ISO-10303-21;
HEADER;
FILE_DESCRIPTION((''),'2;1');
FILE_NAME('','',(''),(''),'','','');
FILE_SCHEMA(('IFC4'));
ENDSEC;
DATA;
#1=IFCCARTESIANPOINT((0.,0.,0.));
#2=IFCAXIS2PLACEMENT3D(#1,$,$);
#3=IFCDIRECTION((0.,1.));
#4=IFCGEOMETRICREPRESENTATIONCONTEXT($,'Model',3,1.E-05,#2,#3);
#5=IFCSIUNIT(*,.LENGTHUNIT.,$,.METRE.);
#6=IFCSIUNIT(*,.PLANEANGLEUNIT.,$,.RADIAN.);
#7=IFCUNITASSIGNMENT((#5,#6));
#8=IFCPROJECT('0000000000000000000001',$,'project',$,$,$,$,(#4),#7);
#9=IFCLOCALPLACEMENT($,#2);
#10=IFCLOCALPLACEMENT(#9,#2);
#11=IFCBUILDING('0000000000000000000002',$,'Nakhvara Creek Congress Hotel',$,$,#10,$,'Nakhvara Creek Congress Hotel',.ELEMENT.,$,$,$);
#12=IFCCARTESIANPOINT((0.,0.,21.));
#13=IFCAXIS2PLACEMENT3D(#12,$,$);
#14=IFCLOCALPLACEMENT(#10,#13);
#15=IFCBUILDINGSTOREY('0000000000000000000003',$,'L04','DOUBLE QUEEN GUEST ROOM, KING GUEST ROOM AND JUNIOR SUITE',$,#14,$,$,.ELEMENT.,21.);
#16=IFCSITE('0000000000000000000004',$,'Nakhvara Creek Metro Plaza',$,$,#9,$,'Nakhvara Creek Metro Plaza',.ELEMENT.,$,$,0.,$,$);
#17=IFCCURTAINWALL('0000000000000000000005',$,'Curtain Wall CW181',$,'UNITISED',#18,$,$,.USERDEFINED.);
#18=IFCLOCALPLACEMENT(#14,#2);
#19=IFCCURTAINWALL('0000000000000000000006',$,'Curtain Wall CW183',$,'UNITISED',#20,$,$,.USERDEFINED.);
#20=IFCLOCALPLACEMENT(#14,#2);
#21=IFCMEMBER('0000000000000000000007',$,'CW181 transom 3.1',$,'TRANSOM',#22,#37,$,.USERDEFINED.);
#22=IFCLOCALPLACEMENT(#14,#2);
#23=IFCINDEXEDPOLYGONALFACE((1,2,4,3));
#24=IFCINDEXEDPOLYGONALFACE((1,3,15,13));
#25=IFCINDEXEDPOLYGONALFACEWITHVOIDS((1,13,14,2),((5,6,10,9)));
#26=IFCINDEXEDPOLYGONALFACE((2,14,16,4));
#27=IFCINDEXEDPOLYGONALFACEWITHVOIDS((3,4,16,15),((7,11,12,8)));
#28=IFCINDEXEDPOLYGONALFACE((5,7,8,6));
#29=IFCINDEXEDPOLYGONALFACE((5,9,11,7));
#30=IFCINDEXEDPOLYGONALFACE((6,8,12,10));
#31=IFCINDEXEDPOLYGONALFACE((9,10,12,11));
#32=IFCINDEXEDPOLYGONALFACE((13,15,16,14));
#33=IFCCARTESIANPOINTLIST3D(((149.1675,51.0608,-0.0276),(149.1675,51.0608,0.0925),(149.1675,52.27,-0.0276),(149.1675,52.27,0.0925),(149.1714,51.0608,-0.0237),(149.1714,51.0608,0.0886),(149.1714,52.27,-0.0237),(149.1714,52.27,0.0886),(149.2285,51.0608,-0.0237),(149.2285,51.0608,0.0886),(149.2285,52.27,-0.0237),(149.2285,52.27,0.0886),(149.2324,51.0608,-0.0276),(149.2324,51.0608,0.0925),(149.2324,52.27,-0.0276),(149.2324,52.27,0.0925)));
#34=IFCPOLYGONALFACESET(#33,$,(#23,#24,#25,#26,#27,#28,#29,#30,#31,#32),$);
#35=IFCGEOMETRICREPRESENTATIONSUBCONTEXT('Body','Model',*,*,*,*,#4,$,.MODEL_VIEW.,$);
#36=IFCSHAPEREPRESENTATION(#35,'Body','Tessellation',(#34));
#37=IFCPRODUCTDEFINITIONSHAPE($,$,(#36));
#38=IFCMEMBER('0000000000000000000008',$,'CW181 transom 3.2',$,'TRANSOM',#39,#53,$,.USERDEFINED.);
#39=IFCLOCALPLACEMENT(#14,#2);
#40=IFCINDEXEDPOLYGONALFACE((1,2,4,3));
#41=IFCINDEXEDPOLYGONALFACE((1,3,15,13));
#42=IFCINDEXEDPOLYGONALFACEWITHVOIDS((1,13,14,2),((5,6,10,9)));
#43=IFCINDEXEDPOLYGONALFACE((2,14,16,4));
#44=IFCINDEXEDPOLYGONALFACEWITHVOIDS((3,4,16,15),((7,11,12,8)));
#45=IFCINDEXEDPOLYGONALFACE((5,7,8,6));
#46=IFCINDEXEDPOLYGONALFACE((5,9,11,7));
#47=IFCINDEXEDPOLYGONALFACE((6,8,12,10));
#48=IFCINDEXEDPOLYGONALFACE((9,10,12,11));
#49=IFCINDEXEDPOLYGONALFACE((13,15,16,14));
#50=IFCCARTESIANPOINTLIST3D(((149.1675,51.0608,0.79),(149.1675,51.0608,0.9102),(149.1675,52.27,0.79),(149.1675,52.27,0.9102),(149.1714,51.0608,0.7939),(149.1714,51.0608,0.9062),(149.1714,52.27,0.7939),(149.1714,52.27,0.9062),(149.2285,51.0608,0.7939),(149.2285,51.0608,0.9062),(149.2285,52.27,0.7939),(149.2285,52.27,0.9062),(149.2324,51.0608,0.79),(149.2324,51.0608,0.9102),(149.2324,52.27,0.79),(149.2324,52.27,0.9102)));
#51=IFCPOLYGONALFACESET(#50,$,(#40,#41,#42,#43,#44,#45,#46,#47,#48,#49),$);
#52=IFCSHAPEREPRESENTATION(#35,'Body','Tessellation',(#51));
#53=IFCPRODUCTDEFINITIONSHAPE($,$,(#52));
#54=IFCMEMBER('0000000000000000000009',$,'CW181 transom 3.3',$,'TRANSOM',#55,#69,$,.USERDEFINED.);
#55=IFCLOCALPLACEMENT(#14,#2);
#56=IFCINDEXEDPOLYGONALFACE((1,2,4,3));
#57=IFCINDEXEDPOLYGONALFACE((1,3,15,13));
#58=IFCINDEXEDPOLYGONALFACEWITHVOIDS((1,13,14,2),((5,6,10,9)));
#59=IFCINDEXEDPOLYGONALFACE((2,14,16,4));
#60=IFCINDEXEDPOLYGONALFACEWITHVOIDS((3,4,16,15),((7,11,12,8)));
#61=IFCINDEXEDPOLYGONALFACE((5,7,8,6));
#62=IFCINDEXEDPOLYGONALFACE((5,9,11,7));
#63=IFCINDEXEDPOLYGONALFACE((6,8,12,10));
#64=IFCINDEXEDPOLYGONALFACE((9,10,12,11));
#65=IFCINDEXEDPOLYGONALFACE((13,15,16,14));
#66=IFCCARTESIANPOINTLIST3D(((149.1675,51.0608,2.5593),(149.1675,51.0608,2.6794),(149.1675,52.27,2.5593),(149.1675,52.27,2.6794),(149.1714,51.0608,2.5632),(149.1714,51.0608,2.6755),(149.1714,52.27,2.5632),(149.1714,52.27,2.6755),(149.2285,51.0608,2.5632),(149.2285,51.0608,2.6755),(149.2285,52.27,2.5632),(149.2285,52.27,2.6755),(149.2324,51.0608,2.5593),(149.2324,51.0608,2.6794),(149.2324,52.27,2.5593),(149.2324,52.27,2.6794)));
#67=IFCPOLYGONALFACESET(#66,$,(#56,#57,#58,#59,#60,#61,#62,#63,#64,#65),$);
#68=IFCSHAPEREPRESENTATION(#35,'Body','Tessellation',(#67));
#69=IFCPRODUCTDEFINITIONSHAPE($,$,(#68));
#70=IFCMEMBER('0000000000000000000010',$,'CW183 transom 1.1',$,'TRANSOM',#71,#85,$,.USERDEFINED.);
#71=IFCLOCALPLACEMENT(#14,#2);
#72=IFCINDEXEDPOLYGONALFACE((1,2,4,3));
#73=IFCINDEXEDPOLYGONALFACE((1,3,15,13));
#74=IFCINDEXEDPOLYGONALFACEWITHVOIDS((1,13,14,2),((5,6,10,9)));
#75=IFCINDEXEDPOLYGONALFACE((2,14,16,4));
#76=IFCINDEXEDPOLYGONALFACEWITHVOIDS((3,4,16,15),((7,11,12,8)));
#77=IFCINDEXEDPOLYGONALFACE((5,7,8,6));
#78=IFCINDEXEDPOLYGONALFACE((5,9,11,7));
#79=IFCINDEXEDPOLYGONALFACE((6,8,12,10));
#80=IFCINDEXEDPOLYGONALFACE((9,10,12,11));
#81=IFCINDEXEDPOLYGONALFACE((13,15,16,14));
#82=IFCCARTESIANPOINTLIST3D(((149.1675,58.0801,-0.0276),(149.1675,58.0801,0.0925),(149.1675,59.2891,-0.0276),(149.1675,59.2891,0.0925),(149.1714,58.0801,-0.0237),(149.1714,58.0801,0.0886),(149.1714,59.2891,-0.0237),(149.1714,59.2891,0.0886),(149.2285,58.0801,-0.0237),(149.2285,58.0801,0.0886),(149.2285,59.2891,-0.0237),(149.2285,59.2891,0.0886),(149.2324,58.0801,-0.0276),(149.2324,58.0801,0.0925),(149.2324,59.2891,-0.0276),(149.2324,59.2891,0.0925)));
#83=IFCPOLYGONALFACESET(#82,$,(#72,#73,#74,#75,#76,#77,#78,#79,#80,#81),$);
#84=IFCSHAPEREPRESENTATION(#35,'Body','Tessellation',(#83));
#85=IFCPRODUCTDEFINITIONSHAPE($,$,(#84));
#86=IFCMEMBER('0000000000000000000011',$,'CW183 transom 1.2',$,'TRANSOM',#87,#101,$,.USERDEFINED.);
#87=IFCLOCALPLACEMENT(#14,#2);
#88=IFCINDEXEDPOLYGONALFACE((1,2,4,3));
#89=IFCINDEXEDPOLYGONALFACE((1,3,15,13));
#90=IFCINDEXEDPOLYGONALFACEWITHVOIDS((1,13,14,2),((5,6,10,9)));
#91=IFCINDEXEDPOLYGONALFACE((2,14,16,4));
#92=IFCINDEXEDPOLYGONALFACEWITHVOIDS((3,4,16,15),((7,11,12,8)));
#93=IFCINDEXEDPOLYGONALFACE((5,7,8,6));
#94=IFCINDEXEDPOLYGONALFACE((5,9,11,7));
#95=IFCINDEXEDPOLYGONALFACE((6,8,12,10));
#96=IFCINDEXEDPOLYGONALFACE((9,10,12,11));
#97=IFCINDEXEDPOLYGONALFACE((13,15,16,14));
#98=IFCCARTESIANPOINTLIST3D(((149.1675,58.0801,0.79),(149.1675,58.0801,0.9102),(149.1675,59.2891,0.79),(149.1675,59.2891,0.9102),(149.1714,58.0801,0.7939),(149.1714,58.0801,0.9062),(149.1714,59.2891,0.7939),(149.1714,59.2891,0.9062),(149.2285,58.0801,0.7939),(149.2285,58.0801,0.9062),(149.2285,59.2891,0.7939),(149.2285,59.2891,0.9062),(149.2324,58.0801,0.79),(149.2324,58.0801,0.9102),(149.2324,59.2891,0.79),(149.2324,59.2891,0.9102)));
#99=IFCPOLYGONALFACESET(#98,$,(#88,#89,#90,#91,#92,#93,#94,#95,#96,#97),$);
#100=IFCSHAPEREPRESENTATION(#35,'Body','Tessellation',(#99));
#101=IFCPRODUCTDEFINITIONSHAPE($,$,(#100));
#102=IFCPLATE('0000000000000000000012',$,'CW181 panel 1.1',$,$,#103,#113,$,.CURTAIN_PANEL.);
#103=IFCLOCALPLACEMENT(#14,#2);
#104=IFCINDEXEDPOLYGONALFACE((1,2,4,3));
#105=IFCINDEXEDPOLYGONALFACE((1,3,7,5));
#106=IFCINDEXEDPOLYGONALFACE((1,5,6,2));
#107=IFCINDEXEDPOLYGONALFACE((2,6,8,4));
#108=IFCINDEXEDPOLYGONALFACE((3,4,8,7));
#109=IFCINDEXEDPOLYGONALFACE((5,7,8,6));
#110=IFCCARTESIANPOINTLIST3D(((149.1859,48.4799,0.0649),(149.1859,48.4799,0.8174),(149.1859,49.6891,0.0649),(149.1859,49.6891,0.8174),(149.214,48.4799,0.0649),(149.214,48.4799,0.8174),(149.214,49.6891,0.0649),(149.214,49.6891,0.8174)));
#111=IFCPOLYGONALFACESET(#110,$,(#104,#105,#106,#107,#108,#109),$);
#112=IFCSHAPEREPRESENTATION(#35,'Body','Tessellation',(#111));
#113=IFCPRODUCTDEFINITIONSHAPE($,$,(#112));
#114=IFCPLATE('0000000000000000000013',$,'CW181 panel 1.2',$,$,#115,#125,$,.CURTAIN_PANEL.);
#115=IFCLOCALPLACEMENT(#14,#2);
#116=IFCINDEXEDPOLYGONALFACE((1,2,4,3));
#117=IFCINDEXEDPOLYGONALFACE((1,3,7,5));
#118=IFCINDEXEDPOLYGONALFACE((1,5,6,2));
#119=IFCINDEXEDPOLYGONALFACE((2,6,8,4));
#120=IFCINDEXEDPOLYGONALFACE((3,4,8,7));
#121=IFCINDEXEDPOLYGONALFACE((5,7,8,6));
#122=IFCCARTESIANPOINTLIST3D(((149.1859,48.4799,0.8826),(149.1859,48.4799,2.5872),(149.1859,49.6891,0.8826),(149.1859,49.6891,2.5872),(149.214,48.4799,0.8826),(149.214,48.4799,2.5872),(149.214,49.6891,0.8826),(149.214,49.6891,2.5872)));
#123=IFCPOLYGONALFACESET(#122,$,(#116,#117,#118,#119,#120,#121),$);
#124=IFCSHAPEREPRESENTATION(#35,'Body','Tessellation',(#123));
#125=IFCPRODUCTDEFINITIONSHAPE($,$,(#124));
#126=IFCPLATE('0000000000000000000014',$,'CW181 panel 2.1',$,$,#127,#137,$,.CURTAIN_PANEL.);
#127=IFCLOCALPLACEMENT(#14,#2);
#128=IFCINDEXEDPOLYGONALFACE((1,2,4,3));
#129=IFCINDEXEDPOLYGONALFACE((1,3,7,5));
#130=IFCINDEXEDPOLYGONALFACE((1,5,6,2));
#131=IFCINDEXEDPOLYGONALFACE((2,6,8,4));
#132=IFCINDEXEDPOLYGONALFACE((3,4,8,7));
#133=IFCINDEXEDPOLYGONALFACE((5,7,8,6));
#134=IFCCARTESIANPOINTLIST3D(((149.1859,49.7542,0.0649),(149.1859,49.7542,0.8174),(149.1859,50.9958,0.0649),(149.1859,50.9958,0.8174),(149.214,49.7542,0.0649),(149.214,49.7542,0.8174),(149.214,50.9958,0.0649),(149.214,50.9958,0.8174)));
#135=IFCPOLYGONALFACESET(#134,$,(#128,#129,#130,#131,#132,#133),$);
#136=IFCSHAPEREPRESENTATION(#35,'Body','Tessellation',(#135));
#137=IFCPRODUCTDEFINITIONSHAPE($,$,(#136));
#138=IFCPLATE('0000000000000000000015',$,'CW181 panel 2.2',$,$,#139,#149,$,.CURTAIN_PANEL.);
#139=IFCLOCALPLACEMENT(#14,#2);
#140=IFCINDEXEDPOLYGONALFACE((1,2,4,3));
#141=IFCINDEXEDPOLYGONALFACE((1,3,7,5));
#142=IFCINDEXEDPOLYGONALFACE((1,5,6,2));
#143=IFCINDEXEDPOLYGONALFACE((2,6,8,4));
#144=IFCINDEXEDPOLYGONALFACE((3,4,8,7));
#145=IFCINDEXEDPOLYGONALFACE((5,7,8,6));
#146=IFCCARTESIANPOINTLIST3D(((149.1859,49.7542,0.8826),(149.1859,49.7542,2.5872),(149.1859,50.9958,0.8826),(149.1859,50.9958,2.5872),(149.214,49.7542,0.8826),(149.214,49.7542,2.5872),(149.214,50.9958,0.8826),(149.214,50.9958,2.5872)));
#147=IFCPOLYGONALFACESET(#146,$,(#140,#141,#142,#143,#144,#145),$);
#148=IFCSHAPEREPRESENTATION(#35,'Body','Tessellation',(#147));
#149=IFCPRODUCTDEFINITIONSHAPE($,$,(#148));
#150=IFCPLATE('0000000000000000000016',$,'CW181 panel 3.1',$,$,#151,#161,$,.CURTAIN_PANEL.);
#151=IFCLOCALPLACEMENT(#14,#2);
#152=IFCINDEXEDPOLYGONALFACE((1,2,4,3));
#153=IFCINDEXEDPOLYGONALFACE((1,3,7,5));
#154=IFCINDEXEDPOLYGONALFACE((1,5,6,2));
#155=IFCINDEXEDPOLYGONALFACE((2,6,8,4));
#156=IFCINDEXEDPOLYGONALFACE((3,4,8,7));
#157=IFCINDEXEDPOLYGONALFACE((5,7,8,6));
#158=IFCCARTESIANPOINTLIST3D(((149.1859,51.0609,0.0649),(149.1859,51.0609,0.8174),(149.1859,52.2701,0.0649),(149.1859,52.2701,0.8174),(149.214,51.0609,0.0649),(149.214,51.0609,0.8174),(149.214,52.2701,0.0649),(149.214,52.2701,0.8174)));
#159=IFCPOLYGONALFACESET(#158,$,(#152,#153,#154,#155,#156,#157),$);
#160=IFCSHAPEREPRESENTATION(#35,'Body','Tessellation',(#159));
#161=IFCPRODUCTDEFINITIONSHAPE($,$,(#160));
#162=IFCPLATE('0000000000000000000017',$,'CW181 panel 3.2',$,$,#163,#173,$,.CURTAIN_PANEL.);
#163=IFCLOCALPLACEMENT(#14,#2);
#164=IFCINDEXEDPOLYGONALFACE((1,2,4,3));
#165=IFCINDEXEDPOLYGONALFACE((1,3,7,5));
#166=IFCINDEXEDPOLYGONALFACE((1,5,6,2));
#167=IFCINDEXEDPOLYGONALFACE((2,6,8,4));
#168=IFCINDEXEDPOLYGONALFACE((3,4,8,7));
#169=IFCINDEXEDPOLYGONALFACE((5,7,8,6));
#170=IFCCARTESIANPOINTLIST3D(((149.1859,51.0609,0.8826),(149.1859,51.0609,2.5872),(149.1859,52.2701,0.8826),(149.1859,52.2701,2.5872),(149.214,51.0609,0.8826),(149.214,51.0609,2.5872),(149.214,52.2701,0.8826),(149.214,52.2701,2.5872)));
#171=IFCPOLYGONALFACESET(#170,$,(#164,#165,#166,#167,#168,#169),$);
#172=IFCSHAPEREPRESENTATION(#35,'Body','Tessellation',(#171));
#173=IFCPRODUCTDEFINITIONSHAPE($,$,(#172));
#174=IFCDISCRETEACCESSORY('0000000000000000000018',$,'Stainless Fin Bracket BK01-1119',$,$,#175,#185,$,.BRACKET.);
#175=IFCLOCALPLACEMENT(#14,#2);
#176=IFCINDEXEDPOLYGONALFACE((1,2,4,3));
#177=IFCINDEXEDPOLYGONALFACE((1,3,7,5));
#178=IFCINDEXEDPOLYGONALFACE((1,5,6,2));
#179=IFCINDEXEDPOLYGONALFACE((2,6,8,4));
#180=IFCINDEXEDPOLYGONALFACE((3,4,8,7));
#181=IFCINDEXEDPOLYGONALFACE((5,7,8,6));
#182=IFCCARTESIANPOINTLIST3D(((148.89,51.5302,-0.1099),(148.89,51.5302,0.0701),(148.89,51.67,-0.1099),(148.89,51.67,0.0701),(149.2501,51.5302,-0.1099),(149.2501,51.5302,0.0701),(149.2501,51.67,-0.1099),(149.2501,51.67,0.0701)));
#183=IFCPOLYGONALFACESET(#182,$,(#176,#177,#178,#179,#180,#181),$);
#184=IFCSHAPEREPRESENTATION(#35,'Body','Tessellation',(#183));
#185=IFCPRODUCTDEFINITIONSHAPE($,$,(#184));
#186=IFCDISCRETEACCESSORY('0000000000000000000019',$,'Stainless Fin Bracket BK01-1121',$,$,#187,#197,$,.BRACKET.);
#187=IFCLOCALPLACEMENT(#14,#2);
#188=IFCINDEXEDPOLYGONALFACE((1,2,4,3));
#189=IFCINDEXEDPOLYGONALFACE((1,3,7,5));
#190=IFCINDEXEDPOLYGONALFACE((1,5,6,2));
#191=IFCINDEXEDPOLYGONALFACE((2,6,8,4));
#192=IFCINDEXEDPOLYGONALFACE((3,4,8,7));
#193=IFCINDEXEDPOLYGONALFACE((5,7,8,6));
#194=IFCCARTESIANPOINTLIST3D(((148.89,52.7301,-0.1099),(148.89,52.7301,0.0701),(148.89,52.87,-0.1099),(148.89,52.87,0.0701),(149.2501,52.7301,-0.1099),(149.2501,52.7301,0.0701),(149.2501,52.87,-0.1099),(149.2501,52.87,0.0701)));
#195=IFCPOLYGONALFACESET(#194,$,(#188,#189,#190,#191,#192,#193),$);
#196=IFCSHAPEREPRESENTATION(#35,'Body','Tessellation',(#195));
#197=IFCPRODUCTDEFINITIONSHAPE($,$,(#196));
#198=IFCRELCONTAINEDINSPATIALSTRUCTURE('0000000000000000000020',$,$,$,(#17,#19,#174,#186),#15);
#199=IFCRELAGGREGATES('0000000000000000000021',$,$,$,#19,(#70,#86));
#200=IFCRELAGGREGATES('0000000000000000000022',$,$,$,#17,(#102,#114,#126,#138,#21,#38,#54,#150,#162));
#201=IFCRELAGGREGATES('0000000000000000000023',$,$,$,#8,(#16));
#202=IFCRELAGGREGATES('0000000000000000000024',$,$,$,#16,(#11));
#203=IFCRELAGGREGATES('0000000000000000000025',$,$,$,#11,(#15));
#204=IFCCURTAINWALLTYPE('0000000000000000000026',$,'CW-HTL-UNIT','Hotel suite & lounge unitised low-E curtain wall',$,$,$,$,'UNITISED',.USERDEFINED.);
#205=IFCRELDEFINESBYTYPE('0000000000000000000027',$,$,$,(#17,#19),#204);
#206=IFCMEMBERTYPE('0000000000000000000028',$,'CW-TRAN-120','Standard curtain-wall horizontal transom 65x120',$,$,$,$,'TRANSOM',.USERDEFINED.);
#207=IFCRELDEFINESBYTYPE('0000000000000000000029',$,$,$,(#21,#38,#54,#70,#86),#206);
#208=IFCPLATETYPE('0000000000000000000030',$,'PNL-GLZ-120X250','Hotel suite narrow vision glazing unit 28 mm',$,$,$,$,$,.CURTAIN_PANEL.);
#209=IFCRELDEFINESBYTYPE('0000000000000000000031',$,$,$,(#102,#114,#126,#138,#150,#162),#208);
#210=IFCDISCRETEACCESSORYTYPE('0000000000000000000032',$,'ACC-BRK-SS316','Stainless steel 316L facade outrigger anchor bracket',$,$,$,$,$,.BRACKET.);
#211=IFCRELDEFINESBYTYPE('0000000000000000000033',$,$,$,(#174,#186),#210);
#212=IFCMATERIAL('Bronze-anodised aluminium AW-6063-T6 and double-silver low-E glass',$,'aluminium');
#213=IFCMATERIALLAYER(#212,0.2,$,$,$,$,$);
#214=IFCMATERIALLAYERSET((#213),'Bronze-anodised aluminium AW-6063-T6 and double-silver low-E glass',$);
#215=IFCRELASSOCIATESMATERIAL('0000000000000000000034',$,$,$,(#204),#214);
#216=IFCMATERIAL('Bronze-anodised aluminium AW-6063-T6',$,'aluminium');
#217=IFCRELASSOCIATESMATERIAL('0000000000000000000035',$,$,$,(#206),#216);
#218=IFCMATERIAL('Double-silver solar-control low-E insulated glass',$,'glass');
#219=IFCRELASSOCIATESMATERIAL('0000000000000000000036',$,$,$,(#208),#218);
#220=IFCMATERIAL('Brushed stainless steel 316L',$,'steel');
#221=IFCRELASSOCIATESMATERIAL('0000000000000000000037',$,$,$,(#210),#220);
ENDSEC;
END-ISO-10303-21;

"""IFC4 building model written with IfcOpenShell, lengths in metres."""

from ifc_helpers import new_model, si_unit, direction, frame, origin, origin_2d, place, context, subcontext, project, spatial, rectangle, hollow_rectangle, extrude, material, layer, layer_set, material_profile, profile_set, type_object, element, aggregate, save


model = new_model("IFC4")

# Units and contexts
model_context = context("Model", 3, precision=1e-05, world=origin(), true_north=direction((0.0, 1.0)))
body_context = subcontext(model_context, "Body", "Model", "MODEL_VIEW")
ifc_project = project(units=[si_unit("LENGTHUNIT", "METRE"), si_unit("PLANEANGLEUNIT", "RADIAN")], contexts=[model_context])

# Site, building, storey
site_placement = place(None, origin())
site = spatial("IfcSite", under=ifc_project, at=site_placement, Name="Nakhvara Creek Metro Plaza", LongName="Nakhvara Creek Metro Plaza", CompositionType="ELEMENT", RefElevation=0.0)
building_placement = place(site_placement, origin())
building = spatial("IfcBuilding", under=site, at=building_placement, Name="Nakhvara Creek Congress Hotel", LongName="Nakhvara Creek Congress Hotel", CompositionType="ELEMENT")
storey_placement = place(building_placement, frame((0.0, 0.0, 21.0)))
storey = spatial("IfcBuildingStorey", under=building, at=storey_placement, Name="L04", Description="DOUBLE QUEEN GUEST ROOM, KING GUEST ROOM AND JUNIOR SUITE", CompositionType="ELEMENT", Elevation=21.0)

# Curtain wall
ifc_material_1 = material(Name="Bronze-anodised aluminium AW-6063-T6 and double-silver low-E glass", Category="aluminium")
ifc_layer = layer(ifc_material_1, 0.2)
ifc_layer_set = layer_set([ifc_layer], Name="Bronze-anodised aluminium AW-6063-T6 and double-silver low-E glass")
curtain_wall_type = type_object("IfcCurtainWallType", Name="CW-HTL-UNIT", Description="Hotel suite & lounge unitised low-E curtain wall", ElementType="UNITISED", PredefinedType="USERDEFINED", material=ifc_layer_set)
curtain_wall_1_placement = place(storey_placement, origin())
curtain_wall_1 = element("IfcCurtainWall", 1, at=curtain_wall_1_placement, inside=storey, type_object=curtain_wall_type, Name="Curtain Wall CW181", ObjectType="UNITISED", PredefinedType="USERDEFINED")
ifc_material_2 = material(Name="Bronze-anodised aluminium AW-6063-T6", Category="aluminium")

# Curtain wall
curtain_wall_2_placement = place(storey_placement, origin())
curtain_wall_2 = element("IfcCurtainWall", 2, at=curtain_wall_2_placement, inside=storey, type_object=curtain_wall_type, Name="Curtain Wall CW183", ObjectType="UNITISED", PredefinedType="USERDEFINED")

# Members
ifc_material_profile_1 = material_profile(ifc_material_2, hollow_rectangle(XDim=0.0649, YDim=0.1201, WallThickness=0.0039, at=origin_2d()), Name="ALU-TRAN 65x120x4", Category="LoadBearing")
ifc_profile_set_1 = profile_set([ifc_material_profile_1], Name="Bronze-anodised aluminium AW-6063-T6")
member_type_1 = type_object("IfcMemberType", Name="CW-TRAN-120", Description="Standard curtain-wall horizontal transom 65x120", ElementType="TRANSOM", PredefinedType="USERDEFINED", material=ifc_profile_set_1)
member_1_placement = place(storey_placement, frame((149.2, 51.0608, 0.0325), z_axis=(0.0, 1.0, 0.0), x_axis=(-1.0, 0.0, 0.0)))
member_1 = element("IfcMember", 3, at=member_1_placement, type_object=member_type_1, Name="CW181 transom 3.1", ObjectType="TRANSOM", PredefinedType="USERDEFINED", context=body_context, shape_type="SweptSolid", body=[
    extrude(hollow_rectangle(XDim=0.0649, YDim=0.1201, WallThickness=0.0039, at=origin_2d()), origin(), (0.0, 0.0, 1.0), 1.2092),
])
member_2_placement = place(storey_placement, frame((149.2, 51.0608, 0.8501), z_axis=(0.0, 1.0, 0.0), x_axis=(-1.0, 0.0, 0.0)))
member_2 = element("IfcMember", 4, at=member_2_placement, type_object=member_type_1, Name="CW181 transom 3.2", ObjectType="TRANSOM", PredefinedType="USERDEFINED", context=body_context, shape_type="SweptSolid", body=[
    extrude(hollow_rectangle(XDim=0.0649, YDim=0.1201, WallThickness=0.0039, at=origin_2d()), origin(), (0.0, 0.0, 1.0), 1.2092),
])
member_3_placement = place(storey_placement, frame((149.2, 51.0608, 2.6194), z_axis=(0.0, 1.0, 0.0), x_axis=(-1.0, 0.0, 0.0)))
member_3 = element("IfcMember", 5, at=member_3_placement, type_object=member_type_1, Name="CW181 transom 3.3", ObjectType="TRANSOM", PredefinedType="USERDEFINED", context=body_context, shape_type="SweptSolid", body=[
    extrude(hollow_rectangle(XDim=0.0649, YDim=0.1201, WallThickness=0.0039, at=origin_2d()), origin(), (0.0, 0.0, 1.0), 1.2092),
])
member_4_placement = place(storey_placement, frame((149.2, 58.0801, 0.0325), z_axis=(0.0, 1.0, 0.0), x_axis=(-1.0, 0.0, 0.0)))
member_4 = element("IfcMember", 6, at=member_4_placement, type_object=member_type_1, Name="CW183 transom 1.1", ObjectType="TRANSOM", PredefinedType="USERDEFINED", context=body_context, shape_type="SweptSolid", body=[
    extrude(hollow_rectangle(XDim=0.0649, YDim=0.1201, WallThickness=0.0039, at=origin_2d()), origin(), (0.0, 0.0, 1.0), 1.209),
])
member_5_placement = place(storey_placement, frame((149.2, 58.0801, 0.8501), z_axis=(0.0, 1.0, 0.0), x_axis=(-1.0, 0.0, 0.0)))
member_5 = element("IfcMember", 7, at=member_5_placement, type_object=member_type_1, Name="CW183 transom 1.2", ObjectType="TRANSOM", PredefinedType="USERDEFINED", context=body_context, shape_type="SweptSolid", body=[
    extrude(hollow_rectangle(XDim=0.0649, YDim=0.1201, WallThickness=0.0039, at=origin_2d()), origin(), (0.0, 0.0, 1.0), 1.209),
])
aggregate(curtain_wall_2, [member_4, member_5])

# Plates
ifc_material_3 = material(Name="Double-silver solar-control low-E insulated glass", Category="glass")
plate_type = type_object("IfcPlateType", Name="PNL-GLZ-120X250", Description="Hotel suite narrow vision glazing unit 28 mm", PredefinedType="CURTAIN_PANEL", material=ifc_material_3)
plate_1_placement = place(storey_placement, frame((149.2, 49.0845, 0.0649), z_axis=(0.0, 0.0, 1.0), x_axis=(0.0, 1.0, 0.0)))
plate_1 = element("IfcPlate", 8, at=plate_1_placement, type_object=plate_type, Name="CW181 panel 1.1", PredefinedType="CURTAIN_PANEL", context=body_context, shape_type="SweptSolid", body=[
    extrude(rectangle(XDim=1.2092, YDim=0.0281, at=origin_2d()), origin(), (0.0, 0.0, 1.0), 0.7524),
])
plate_2_placement = place(storey_placement, frame((149.2, 49.0845, 0.8826), z_axis=(0.0, 0.0, 1.0), x_axis=(0.0, 1.0, 0.0)))
plate_2 = element("IfcPlate", 9, at=plate_2_placement, type_object=plate_type, Name="CW181 panel 1.2", PredefinedType="CURTAIN_PANEL", context=body_context, shape_type="SweptSolid", body=[
    extrude(rectangle(XDim=1.2092, YDim=0.0281, at=origin_2d()), origin(), (0.0, 0.0, 1.0), 1.7046),
])
plate_3_placement = place(storey_placement, frame((149.2, 50.375, 0.0649), z_axis=(0.0, 0.0, 1.0), x_axis=(0.0, 1.0, 0.0)))
plate_3 = element("IfcPlate", 10, at=plate_3_placement, type_object=plate_type, Name="CW181 panel 2.1", PredefinedType="CURTAIN_PANEL", context=body_context, shape_type="SweptSolid", body=[
    extrude(rectangle(XDim=1.2417, YDim=0.0281, at=origin_2d()), origin(), (0.0, 0.0, 1.0), 0.7524),
])
plate_4_placement = place(storey_placement, frame((149.2, 50.375, 0.8826), z_axis=(0.0, 0.0, 1.0), x_axis=(0.0, 1.0, 0.0)))
plate_4 = element("IfcPlate", 11, at=plate_4_placement, type_object=plate_type, Name="CW181 panel 2.2", PredefinedType="CURTAIN_PANEL", context=body_context, shape_type="SweptSolid", body=[
    extrude(rectangle(XDim=1.2417, YDim=0.0281, at=origin_2d()), origin(), (0.0, 0.0, 1.0), 1.7046),
])
plate_5_placement = place(storey_placement, frame((149.2, 51.6655, 0.0649), z_axis=(0.0, 0.0, 1.0), x_axis=(0.0, 1.0, 0.0)))
plate_5 = element("IfcPlate", 12, at=plate_5_placement, type_object=plate_type, Name="CW181 panel 3.1", PredefinedType="CURTAIN_PANEL", context=body_context, shape_type="SweptSolid", body=[
    extrude(rectangle(XDim=1.2092, YDim=0.0281, at=origin_2d()), origin(), (0.0, 0.0, 1.0), 0.7524),
])
plate_6_placement = place(storey_placement, frame((149.2, 51.6655, 0.8826), z_axis=(0.0, 0.0, 1.0), x_axis=(0.0, 1.0, 0.0)))
plate_6 = element("IfcPlate", 13, at=plate_6_placement, type_object=plate_type, Name="CW181 panel 3.2", PredefinedType="CURTAIN_PANEL", context=body_context, shape_type="SweptSolid", body=[
    extrude(rectangle(XDim=1.2092, YDim=0.0281, at=origin_2d()), origin(), (0.0, 0.0, 1.0), 1.7046),
])
aggregate(curtain_wall_1, [plate_1, plate_2, plate_3, plate_4, member_1, member_2, member_3, plate_5, plate_6])

# Discrete accessories
ifc_material_4 = material(Name="Brushed stainless steel 316L", Category="steel")
discrete_accessory_type = type_object("IfcDiscreteAccessoryType", Name="ACC-BRK-SS316", Description="Stainless steel 316L facade outrigger anchor bracket", PredefinedType="BRACKET", material=ifc_material_4)
for number, where, z_axis, x_axis, name in (
    (14, (149.0701, 51.6001, -0.1099), (0.0, 0.0, 1.0), (0.0, 1.0, 0.0), "Stainless Fin Bracket BK01-1119"),
    (15, (149.0701, 52.8, -0.1099), (0.0, 0.0, 1.0), (0.0, 1.0, 0.0), "Stainless Fin Bracket BK01-1121"),
):
    element("IfcDiscreteAccessory", number, at=place(storey_placement, frame(where, z_axis=z_axis, x_axis=x_axis)), inside=storey, type_object=discrete_accessory_type, Name=name, PredefinedType="BRACKET", context=body_context, shape_type="SweptSolid", body=[
        extrude(rectangle(XDim=0.1399, YDim=0.3601, at=origin_2d()), origin(), (0.0, 0.0, 1.0), 0.1799),
    ])

save(model, "model.ifc")
